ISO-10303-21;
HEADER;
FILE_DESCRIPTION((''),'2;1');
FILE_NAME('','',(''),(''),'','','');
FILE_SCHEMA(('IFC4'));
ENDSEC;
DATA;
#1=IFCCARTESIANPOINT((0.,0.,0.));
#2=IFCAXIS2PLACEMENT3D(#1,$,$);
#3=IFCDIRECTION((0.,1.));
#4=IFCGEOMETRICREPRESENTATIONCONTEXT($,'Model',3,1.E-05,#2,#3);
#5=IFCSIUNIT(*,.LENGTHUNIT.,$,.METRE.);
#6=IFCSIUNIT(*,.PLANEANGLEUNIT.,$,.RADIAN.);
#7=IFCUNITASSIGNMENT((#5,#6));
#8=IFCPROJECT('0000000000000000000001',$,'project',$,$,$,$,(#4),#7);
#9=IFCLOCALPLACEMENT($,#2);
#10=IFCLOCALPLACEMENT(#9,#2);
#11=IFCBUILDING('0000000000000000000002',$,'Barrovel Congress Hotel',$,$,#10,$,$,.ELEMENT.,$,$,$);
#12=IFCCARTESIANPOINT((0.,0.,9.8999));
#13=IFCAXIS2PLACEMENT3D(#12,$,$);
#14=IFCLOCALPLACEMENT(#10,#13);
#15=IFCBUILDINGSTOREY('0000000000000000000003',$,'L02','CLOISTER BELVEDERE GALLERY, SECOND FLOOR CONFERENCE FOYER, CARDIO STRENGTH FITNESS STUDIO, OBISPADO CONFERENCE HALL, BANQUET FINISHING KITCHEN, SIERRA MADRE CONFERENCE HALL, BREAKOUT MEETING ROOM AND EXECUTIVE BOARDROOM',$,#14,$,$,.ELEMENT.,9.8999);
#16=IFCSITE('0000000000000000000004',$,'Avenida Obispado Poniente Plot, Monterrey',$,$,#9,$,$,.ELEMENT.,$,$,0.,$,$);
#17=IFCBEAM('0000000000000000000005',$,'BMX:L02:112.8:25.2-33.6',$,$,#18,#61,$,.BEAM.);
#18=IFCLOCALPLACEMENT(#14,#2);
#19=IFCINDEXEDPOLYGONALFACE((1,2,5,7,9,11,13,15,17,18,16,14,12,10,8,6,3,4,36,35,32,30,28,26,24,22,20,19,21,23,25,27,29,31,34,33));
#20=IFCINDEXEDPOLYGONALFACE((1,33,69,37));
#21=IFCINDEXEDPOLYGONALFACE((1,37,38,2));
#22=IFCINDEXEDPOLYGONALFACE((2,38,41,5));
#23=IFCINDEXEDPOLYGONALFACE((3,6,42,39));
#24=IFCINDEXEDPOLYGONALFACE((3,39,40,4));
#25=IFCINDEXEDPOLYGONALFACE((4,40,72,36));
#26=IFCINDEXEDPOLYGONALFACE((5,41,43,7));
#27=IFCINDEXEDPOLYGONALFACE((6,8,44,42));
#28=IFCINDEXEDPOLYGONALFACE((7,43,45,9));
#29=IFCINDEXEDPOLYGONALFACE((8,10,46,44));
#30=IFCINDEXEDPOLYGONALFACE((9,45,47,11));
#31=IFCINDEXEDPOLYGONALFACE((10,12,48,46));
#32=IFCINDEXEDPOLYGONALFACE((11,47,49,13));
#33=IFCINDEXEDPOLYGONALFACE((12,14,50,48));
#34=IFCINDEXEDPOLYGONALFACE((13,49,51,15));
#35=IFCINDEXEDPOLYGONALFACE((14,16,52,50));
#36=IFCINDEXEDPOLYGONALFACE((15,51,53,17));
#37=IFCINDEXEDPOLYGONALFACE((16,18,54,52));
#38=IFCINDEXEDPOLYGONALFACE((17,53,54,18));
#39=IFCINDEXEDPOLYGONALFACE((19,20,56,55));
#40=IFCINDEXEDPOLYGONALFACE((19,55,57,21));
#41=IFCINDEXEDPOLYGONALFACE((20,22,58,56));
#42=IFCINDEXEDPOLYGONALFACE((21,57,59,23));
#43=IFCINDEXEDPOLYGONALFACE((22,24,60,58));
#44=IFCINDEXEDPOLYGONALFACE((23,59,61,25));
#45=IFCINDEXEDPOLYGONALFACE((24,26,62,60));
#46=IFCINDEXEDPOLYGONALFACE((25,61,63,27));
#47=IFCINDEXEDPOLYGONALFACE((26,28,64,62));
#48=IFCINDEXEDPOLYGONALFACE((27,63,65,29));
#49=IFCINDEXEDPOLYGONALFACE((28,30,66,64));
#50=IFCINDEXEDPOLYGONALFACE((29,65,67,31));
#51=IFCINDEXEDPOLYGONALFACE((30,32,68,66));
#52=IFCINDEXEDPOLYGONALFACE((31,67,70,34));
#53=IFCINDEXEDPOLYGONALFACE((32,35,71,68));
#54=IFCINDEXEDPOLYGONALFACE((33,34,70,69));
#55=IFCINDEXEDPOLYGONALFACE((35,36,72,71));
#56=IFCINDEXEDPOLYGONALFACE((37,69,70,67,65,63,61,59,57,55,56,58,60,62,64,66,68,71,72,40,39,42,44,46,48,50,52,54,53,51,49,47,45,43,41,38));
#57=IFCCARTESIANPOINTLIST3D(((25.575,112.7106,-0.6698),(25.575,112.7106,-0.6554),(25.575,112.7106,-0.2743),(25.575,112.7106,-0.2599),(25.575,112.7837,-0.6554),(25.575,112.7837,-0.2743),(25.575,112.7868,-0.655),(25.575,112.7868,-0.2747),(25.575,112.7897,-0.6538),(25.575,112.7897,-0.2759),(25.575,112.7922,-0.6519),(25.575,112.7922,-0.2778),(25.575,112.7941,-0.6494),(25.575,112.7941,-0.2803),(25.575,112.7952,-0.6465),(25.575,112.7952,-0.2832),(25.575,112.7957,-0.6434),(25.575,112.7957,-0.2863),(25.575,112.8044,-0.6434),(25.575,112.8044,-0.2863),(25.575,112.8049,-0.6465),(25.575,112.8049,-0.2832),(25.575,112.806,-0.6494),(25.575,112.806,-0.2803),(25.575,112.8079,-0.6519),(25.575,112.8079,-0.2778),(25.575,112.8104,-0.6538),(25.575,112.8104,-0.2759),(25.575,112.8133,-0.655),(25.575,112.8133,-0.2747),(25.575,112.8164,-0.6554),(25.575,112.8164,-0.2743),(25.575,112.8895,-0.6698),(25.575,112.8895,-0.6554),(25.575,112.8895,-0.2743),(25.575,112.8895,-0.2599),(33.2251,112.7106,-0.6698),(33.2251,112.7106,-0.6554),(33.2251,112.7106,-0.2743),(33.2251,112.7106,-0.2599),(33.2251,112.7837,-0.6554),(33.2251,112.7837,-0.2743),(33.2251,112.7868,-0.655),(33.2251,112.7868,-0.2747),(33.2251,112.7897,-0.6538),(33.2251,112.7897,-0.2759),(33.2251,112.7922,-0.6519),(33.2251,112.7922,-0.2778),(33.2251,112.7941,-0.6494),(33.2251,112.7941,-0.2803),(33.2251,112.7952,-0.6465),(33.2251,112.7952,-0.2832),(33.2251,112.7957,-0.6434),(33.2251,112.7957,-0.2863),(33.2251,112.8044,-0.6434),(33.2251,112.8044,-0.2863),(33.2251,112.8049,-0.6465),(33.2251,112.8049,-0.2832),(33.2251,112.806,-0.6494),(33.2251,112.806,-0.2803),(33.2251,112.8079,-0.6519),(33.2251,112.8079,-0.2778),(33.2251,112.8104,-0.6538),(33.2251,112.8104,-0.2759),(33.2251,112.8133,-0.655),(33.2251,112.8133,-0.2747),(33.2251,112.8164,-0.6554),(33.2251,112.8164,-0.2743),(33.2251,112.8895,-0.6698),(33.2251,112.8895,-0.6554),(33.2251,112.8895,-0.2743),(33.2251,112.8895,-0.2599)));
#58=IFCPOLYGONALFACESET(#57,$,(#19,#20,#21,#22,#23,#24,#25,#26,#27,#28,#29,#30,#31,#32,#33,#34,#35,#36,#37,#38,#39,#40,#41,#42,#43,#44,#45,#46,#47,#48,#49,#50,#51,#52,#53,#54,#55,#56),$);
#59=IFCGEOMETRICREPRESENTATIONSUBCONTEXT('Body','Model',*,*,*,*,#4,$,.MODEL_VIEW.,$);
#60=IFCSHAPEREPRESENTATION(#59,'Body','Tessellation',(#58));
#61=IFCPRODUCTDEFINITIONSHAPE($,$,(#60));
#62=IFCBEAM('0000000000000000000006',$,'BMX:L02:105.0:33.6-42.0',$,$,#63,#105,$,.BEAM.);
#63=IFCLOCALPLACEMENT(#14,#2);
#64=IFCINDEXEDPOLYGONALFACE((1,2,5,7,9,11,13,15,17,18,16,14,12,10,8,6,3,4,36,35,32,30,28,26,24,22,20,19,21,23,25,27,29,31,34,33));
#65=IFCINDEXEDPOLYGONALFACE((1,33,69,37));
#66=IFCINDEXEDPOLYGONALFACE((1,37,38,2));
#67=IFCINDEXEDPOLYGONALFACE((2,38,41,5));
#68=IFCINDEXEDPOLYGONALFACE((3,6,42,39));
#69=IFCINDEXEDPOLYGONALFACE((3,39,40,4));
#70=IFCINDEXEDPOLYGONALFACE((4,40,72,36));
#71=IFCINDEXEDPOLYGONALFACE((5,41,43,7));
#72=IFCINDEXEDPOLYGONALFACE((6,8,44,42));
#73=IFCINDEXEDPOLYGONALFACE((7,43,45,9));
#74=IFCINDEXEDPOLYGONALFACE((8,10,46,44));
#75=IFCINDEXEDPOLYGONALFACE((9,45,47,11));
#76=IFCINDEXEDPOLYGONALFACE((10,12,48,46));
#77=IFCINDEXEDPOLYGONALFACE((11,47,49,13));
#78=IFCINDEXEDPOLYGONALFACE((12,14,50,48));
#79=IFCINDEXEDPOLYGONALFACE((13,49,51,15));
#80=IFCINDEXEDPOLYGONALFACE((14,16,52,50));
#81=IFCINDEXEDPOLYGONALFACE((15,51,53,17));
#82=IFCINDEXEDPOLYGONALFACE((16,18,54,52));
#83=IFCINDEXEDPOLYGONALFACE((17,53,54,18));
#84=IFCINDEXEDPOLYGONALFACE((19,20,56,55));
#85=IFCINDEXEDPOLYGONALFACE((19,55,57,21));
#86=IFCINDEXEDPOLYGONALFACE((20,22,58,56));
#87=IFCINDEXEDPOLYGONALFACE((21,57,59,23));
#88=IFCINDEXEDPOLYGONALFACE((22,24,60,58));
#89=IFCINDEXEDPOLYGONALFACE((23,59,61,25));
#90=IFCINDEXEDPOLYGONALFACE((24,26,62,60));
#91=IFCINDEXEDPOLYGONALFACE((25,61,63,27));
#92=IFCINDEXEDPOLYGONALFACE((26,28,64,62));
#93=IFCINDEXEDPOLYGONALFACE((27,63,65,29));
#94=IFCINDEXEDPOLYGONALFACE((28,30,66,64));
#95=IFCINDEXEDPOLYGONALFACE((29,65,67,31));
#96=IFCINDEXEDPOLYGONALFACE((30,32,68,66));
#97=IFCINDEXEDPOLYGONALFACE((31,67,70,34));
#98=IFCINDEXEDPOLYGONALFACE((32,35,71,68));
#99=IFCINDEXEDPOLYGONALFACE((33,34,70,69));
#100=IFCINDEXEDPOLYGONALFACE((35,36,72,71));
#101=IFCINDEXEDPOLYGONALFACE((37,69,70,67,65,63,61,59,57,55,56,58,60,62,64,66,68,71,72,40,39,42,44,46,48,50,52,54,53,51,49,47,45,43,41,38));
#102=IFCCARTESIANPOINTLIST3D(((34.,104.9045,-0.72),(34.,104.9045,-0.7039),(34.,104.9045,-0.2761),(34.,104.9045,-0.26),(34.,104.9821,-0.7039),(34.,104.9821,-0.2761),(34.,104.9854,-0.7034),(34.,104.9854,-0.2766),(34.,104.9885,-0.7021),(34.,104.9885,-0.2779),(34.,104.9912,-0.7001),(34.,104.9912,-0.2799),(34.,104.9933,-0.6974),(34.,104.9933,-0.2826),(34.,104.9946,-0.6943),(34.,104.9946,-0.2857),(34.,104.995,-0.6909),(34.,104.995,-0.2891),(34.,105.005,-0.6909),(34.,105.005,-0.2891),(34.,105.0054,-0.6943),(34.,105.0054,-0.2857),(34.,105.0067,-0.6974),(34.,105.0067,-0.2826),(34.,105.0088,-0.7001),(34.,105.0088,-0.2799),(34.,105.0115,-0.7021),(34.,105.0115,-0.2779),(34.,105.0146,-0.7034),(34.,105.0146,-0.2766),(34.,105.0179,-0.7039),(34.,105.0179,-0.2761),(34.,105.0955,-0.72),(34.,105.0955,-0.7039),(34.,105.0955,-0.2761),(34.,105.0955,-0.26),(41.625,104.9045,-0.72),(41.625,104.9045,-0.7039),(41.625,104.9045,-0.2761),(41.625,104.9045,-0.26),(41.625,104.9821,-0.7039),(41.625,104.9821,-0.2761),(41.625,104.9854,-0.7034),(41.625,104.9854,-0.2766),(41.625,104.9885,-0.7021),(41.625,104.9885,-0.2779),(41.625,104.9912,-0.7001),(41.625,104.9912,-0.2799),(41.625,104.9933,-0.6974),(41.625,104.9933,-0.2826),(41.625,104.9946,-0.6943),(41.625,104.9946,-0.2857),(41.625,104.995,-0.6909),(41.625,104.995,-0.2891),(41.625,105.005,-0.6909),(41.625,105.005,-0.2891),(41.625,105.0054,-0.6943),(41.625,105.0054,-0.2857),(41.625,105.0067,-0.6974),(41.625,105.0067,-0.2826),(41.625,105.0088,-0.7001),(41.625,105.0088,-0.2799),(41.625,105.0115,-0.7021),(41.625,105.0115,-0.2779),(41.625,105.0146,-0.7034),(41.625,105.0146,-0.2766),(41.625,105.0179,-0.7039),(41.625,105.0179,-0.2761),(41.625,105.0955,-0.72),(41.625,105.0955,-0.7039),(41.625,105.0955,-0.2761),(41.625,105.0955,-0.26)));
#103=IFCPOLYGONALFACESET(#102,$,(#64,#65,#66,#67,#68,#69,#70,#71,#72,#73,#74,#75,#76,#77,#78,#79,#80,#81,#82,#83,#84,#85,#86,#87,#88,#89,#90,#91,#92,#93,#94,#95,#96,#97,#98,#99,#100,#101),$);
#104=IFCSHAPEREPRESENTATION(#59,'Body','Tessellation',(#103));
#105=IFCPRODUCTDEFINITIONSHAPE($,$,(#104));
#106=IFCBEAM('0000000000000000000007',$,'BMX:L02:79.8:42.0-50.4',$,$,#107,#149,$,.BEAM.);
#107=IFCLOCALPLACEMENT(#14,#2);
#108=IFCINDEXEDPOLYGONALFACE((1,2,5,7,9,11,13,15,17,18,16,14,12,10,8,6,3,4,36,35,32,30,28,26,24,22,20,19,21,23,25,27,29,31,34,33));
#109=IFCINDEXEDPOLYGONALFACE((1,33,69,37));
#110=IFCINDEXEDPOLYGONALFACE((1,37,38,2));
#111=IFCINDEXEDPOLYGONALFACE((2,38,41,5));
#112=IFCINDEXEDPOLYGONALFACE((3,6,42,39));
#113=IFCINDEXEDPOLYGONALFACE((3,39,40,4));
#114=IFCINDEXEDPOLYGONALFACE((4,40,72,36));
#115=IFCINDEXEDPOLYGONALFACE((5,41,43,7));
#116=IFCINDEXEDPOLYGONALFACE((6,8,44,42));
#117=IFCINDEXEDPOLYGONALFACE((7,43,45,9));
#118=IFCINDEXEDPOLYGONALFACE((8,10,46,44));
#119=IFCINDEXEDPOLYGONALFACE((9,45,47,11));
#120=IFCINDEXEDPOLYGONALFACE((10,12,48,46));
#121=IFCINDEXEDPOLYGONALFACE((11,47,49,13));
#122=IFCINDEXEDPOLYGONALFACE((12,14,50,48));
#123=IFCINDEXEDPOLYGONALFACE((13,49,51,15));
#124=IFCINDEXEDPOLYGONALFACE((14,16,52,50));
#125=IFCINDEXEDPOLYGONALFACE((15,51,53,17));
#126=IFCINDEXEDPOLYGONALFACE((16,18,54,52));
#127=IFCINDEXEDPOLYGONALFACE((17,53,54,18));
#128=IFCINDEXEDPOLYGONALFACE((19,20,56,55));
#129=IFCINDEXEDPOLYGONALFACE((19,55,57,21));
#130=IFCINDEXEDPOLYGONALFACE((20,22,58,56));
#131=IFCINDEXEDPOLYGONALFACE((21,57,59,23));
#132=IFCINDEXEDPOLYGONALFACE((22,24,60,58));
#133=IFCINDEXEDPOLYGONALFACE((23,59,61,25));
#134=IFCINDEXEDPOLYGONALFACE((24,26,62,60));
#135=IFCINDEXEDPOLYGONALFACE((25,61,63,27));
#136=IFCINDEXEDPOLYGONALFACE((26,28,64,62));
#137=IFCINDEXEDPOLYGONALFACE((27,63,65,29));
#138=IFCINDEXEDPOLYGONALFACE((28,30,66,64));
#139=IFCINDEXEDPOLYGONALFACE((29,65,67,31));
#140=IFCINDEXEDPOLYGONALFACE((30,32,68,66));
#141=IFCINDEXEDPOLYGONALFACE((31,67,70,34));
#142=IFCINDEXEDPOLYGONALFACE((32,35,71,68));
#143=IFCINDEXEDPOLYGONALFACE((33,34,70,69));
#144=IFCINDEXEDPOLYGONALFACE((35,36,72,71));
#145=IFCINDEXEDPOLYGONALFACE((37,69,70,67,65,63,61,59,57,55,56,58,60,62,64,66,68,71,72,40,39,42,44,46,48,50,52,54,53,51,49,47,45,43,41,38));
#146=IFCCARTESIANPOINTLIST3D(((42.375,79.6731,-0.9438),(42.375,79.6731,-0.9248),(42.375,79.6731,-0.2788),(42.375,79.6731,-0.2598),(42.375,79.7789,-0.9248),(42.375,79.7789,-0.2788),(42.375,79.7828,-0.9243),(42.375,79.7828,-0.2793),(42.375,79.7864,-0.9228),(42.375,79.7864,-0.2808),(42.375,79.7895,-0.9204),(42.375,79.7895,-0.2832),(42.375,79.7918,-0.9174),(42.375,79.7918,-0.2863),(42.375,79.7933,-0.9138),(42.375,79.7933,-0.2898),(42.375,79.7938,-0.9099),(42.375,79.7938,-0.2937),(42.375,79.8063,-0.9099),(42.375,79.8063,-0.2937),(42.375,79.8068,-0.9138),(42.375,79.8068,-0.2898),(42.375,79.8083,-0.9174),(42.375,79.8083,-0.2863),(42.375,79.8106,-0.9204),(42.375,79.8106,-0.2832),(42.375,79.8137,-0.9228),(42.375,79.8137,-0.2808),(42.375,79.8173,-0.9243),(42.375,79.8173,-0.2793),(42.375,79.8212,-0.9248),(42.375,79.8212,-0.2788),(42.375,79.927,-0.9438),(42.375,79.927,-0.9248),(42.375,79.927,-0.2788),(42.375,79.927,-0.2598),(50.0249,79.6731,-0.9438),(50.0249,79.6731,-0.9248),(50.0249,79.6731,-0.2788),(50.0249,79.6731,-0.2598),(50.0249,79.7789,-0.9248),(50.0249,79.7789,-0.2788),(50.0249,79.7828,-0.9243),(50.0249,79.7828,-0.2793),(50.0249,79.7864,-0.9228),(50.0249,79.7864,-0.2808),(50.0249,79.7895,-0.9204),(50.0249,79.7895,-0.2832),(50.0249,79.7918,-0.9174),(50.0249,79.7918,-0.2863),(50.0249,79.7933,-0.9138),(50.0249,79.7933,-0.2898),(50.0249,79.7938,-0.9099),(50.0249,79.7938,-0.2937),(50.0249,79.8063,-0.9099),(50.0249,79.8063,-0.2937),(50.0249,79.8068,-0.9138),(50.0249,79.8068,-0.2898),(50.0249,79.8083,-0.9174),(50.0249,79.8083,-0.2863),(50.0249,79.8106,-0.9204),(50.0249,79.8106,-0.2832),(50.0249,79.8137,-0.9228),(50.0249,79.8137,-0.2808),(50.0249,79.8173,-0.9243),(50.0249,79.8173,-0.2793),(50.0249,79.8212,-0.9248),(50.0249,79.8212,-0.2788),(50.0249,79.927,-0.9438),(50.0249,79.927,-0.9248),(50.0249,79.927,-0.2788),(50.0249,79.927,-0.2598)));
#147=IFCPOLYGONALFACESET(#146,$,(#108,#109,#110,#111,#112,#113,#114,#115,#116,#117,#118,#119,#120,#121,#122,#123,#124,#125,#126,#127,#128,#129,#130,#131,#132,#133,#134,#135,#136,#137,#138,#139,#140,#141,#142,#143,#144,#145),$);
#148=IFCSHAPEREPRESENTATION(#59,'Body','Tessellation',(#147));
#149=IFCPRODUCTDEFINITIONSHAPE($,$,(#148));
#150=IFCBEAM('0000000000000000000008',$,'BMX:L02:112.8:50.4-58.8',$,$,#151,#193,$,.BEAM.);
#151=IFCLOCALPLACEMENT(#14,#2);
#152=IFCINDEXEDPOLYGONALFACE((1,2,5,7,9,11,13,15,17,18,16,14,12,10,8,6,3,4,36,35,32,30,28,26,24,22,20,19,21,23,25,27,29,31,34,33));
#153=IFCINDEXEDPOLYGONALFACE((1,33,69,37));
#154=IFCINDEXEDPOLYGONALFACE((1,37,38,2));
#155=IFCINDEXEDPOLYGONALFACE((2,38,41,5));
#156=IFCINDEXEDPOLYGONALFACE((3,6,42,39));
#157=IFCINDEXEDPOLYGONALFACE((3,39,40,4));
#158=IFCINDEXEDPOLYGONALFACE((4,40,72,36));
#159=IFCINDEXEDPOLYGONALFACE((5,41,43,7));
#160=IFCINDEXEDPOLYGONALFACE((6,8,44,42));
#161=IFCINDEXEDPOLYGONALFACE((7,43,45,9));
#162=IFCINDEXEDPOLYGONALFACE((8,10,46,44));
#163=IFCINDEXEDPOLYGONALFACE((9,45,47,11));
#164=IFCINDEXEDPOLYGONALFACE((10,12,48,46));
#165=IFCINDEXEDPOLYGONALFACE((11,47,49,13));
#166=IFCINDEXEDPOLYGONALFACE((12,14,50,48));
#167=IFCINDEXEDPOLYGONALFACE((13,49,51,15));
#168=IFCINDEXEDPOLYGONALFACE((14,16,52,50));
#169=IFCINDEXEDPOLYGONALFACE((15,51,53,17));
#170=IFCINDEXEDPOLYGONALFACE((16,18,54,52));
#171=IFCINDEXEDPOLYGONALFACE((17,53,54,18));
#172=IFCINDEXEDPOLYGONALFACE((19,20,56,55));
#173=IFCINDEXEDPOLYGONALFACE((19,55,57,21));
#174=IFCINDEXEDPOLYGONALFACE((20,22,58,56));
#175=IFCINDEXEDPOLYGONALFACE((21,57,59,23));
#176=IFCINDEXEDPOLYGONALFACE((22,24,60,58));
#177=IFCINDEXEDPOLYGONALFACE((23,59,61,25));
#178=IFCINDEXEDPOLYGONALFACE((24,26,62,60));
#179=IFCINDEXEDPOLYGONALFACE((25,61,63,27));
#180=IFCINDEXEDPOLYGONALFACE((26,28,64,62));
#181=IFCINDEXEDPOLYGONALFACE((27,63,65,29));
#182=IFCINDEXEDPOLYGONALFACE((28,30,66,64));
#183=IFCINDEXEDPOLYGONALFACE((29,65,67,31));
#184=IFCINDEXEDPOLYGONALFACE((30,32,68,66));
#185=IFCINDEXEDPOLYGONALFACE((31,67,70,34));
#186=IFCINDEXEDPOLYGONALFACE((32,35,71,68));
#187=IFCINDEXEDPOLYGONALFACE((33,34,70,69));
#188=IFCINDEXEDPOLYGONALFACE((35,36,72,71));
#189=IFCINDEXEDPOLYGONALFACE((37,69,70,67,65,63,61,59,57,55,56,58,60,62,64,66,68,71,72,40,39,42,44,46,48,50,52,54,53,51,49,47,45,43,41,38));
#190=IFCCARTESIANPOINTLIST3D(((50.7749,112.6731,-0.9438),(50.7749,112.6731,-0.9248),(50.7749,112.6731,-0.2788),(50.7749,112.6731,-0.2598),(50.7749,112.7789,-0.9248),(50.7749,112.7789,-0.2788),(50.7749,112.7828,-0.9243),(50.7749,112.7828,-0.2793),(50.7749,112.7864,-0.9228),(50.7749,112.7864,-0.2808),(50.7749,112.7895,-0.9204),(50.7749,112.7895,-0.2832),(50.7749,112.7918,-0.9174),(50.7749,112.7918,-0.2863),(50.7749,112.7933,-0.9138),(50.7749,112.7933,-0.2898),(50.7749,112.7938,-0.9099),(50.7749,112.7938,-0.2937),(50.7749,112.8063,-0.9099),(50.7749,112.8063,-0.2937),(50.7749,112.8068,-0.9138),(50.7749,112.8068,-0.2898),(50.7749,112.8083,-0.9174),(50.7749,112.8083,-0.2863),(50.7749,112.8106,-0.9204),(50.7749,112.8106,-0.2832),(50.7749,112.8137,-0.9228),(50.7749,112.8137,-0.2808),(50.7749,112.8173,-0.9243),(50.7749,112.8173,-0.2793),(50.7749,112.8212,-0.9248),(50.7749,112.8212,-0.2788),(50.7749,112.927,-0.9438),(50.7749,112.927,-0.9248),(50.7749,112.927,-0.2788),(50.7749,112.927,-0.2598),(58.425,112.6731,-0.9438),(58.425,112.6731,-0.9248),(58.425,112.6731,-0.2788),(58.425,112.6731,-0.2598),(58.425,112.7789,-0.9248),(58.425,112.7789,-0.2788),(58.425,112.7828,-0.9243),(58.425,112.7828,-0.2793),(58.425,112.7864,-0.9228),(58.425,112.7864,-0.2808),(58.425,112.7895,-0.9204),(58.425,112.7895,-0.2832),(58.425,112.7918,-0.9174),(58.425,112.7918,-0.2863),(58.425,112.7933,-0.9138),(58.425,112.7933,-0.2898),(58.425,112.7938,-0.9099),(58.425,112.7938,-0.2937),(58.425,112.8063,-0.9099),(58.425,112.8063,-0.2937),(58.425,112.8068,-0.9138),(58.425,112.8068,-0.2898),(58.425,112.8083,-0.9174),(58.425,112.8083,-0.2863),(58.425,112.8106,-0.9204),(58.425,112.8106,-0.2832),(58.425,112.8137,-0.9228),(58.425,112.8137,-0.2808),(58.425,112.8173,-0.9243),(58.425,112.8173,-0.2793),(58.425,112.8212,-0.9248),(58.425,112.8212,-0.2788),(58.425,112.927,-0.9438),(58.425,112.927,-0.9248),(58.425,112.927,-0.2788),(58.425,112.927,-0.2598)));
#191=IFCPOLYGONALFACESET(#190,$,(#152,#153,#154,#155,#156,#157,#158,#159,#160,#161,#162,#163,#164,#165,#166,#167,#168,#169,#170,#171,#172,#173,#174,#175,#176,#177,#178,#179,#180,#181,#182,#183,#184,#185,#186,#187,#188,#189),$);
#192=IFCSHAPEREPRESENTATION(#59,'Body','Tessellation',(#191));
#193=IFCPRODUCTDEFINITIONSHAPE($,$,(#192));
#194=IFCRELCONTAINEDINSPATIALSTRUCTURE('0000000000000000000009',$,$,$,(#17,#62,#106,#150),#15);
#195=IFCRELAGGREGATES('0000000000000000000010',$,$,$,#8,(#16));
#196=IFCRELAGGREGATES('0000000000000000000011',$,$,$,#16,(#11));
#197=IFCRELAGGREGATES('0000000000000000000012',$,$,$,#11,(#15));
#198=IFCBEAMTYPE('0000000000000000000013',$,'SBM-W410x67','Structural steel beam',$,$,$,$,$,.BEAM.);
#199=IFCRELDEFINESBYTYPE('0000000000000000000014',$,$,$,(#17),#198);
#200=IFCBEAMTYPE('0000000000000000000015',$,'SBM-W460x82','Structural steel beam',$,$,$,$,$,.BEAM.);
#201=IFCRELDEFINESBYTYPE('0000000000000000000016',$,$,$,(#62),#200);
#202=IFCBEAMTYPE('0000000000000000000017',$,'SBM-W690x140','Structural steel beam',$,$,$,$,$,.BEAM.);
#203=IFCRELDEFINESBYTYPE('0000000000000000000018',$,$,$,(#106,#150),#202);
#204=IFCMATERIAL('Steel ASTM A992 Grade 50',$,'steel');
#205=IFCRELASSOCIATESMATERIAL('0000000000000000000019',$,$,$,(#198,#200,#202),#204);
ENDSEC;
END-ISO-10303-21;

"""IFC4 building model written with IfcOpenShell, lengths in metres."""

from ifc_helpers import new_model, si_unit, direction, frame, origin, origin_2d, place, context, subcontext, project, spatial, i_section, extrude, material, material_profile, profile_set, type_object, element, save


model = new_model("IFC4")

# Units and contexts
model_context = context("Model", 3, precision=1e-05, world=origin(), true_north=direction((0.0, 1.0)))
body_context = subcontext(model_context, "Body", "Model", "MODEL_VIEW")
ifc_project = project(units=[si_unit("LENGTHUNIT", "METRE"), si_unit("PLANEANGLEUNIT", "RADIAN")], contexts=[model_context])

# Site, building, storey
site_placement = place(None, origin())
site = spatial("IfcSite", under=ifc_project, at=site_placement, Name="Avenida Obispado Poniente Plot, Monterrey", CompositionType="ELEMENT", RefElevation=0.0)
building_placement = place(site_placement, origin())
building = spatial("IfcBuilding", under=site, at=building_placement, Name="Barrovel Congress Hotel", CompositionType="ELEMENT")
storey_placement = place(building_placement, frame((0.0, 0.0, 9.8999)))
storey = spatial("IfcBuildingStorey", under=building, at=storey_placement, Name="L02", Description="CLOISTER BELVEDERE GALLERY, SECOND FLOOR CONFERENCE FOYER, CARDIO STRENGTH FITNESS STUDIO, OBISPADO CONFERENCE HALL, BANQUET FINISHING KITCHEN, SIERRA MADRE CONFERENCE HALL, BREAKOUT MEETING ROOM AND EXECUTIVE BOARDROOM", CompositionType="ELEMENT", Elevation=9.8999)

# Beams
ifc_material_1 = material(Name="Steel ASTM A992 Grade 50", Category="steel")
ifc_material_profile_1 = material_profile(ifc_material_1, i_section(OverallWidth=0.179, OverallDepth=0.4099, WebThickness=0.0088, FlangeThickness=0.0144, FilletRadius=0.012, at=origin_2d()), Name="W410x67")
ifc_profile_set_1 = profile_set([ifc_material_profile_1], Name="Steel ASTM A992 Grade 50")
beam_type_1 = type_object("IfcBeamType", Name="SBM-W410x67", Description="Structural steel beam", PredefinedType="BEAM", material=ifc_profile_set_1)
beam_1_placement = place(storey_placement, frame((25.575, 112.8, -0.4648), z_axis=(1.0, 0.0, 0.0), x_axis=(0.0, 1.0, 0.0)))
element("IfcBeam", 1, at=beam_1_placement, inside=storey, type_object=beam_type_1, Name="BMX:L02:112.8:25.2-33.6", PredefinedType="BEAM", context=body_context, shape_type="SweptSolid", body=[
    extrude(i_section(OverallWidth=0.179, OverallDepth=0.4099, WebThickness=0.0088, FlangeThickness=0.0144, FilletRadius=0.012, at=origin_2d()), origin(), (0.0, 0.0, 1.0), 7.6501),
])
ifc_material_profile_2 = material_profile(ifc_material_1, i_section(OverallWidth=0.1909, OverallDepth=0.46, WebThickness=0.01, FlangeThickness=0.0161, FilletRadius=0.0129, at=origin_2d()), Name="W460x82")
ifc_profile_set_2 = profile_set([ifc_material_profile_2], Name="Steel ASTM A992 Grade 50")
beam_type_2 = type_object("IfcBeamType", Name="SBM-W460x82", Description="Structural steel beam", PredefinedType="BEAM", material=ifc_profile_set_2)
beam_2_placement = place(storey_placement, frame((34.0, 105.0, -0.49), z_axis=(1.0, 0.0, 0.0), x_axis=(0.0, 1.0, 0.0)))
element("IfcBeam", 2, at=beam_2_placement, inside=storey, type_object=beam_type_2, Name="BMX:L02:105.0:33.6-42.0", PredefinedType="BEAM", context=body_context, shape_type="SweptSolid", body=[
    extrude(i_section(OverallWidth=0.1909, OverallDepth=0.46, WebThickness=0.01, FlangeThickness=0.0161, FilletRadius=0.0129, at=origin_2d()), origin(), (0.0, 0.0, 1.0), 7.625),
])
ifc_material_profile_3 = material_profile(ifc_material_1, i_section(OverallWidth=0.2539, OverallDepth=0.6841, WebThickness=0.0125, FlangeThickness=0.019, FilletRadius=0.0149, at=origin_2d()), Name="W690x140")
ifc_profile_set_3 = profile_set([ifc_material_profile_3], Name="Steel ASTM A992 Grade 50")
beam_type_3 = type_object("IfcBeamType", Name="SBM-W690x140", Description="Structural steel beam", PredefinedType="BEAM", material=ifc_profile_set_3)
beam_3_placement = place(storey_placement, frame((42.375, 79.8, -0.6018), z_axis=(1.0, 0.0, 0.0), x_axis=(0.0, 1.0, 0.0)))
element("IfcBeam", 3, at=beam_3_placement, inside=storey, type_object=beam_type_3, Name="BMX:L02:79.8:42.0-50.4", PredefinedType="BEAM", context=body_context, shape_type="SweptSolid", body=[
    extrude(i_section(OverallWidth=0.2539, OverallDepth=0.6841, WebThickness=0.0125, FlangeThickness=0.019, FilletRadius=0.0149, at=origin_2d()), origin(), (0.0, 0.0, 1.0), 7.6499),
])
beam_4_placement = place(storey_placement, frame((50.7749, 112.8, -0.6018), z_axis=(1.0, 0.0, 0.0), x_axis=(0.0, 1.0, 0.0)))
element("IfcBeam", 4, at=beam_4_placement, inside=storey, type_object=beam_type_3, Name="BMX:L02:112.8:50.4-58.8", PredefinedType="BEAM", context=body_context, shape_type="SweptSolid", body=[
    extrude(i_section(OverallWidth=0.2539, OverallDepth=0.6841, WebThickness=0.0125, FlangeThickness=0.019, FilletRadius=0.0149, at=origin_2d()), origin(), (0.0, 0.0, 1.0), 7.6501),
])

save(model, "model.ifc")
